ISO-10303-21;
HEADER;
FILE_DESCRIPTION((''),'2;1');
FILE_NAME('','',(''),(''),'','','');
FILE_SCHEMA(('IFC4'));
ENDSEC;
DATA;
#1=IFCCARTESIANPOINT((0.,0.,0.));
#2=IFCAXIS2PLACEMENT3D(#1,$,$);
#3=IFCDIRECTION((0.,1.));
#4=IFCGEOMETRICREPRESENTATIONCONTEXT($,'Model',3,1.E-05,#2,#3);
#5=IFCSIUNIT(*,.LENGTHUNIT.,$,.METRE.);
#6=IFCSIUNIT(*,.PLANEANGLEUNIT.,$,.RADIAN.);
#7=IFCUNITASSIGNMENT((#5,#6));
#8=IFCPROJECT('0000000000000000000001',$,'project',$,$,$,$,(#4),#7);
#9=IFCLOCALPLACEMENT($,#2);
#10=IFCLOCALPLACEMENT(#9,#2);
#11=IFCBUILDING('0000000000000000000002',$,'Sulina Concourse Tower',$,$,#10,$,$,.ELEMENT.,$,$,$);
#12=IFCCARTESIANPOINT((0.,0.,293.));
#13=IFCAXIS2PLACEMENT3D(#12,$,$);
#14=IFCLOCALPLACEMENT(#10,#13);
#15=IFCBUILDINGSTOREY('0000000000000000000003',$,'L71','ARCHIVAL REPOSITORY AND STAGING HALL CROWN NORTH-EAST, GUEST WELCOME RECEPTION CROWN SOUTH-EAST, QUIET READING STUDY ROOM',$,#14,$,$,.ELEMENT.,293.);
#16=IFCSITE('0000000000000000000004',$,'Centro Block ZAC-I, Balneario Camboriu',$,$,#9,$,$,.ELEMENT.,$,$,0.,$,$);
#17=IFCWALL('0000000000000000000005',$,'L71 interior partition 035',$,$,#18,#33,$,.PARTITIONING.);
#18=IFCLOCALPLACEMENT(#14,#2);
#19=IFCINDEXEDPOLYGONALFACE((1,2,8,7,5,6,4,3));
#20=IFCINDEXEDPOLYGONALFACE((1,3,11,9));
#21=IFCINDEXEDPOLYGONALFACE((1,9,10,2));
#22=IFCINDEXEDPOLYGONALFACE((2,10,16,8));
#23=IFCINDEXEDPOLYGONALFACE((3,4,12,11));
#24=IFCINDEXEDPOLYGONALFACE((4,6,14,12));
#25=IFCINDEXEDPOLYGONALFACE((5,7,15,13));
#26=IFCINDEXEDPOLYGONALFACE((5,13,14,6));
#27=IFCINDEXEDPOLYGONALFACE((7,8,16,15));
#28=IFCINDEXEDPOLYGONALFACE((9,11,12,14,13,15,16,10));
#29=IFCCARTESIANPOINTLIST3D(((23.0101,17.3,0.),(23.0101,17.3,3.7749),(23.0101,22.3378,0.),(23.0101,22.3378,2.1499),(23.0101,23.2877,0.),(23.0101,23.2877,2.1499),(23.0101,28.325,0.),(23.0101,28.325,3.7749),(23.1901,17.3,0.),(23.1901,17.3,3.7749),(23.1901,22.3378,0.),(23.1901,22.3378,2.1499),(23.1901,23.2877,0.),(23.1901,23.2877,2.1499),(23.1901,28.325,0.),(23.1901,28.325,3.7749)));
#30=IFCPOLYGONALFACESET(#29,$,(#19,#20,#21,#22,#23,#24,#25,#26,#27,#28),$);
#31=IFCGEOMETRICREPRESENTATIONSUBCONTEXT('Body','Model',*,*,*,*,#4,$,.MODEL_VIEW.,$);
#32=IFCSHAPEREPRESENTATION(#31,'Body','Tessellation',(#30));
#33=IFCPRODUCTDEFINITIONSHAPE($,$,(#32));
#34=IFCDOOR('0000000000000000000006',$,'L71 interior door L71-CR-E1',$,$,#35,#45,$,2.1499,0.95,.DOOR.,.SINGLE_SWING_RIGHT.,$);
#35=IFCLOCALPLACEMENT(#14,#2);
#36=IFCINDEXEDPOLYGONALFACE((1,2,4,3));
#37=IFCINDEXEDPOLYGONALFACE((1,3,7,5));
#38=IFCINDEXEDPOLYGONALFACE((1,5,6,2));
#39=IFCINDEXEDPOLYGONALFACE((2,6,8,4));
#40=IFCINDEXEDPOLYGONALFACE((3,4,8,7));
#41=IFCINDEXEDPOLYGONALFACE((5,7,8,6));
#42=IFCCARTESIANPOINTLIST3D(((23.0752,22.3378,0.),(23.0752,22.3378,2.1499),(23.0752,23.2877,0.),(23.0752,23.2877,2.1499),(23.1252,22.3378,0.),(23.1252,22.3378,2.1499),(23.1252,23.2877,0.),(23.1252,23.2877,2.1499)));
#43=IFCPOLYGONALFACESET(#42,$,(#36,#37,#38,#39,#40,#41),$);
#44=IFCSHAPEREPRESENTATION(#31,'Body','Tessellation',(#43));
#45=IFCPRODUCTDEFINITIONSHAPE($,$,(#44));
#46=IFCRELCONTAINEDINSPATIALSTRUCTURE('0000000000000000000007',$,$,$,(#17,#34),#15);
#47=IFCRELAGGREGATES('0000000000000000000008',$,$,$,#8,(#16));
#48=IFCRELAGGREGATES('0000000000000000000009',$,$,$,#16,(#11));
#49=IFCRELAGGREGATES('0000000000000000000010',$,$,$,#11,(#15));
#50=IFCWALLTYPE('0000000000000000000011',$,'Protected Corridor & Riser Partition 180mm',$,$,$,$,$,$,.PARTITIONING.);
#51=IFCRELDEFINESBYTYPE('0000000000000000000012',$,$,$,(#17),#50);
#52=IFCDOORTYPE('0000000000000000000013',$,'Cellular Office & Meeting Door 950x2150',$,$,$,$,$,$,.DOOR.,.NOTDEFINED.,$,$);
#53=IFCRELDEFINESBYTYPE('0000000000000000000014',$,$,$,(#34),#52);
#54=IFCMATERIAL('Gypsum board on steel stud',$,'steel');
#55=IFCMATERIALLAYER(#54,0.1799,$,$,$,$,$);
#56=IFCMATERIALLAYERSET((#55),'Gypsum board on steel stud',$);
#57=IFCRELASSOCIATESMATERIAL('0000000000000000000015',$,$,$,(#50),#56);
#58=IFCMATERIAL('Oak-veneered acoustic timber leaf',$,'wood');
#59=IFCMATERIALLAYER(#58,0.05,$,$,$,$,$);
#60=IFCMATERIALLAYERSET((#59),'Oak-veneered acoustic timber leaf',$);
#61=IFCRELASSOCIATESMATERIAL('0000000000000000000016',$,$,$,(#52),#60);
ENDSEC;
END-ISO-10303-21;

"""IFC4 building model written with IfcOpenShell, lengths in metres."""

from ifc_helpers import new_model, si_unit, direction, frame, frame_2d, origin, place, context, subcontext, project, spatial, rectangle, extrude, material, layer, layer_set, type_object, element, fill, save


model = new_model("IFC4")

# Units and contexts
model_context = context("Model", 3, precision=1e-05, world=origin(), true_north=direction((0.0, 1.0)))
body_context = subcontext(model_context, "Body", "Model", "MODEL_VIEW")
ifc_project = project(units=[si_unit("LENGTHUNIT", "METRE"), si_unit("PLANEANGLEUNIT", "RADIAN")], contexts=[model_context])

# Site, building, storey
site_placement = place(None, origin())
site = spatial("IfcSite", under=ifc_project, at=site_placement, Name="Centro Block ZAC-I, Balneario Camboriu", CompositionType="ELEMENT", RefElevation=0.0)
building_placement = place(site_placement, origin())
building = spatial("IfcBuilding", under=site, at=building_placement, Name="Sulina Concourse Tower", CompositionType="ELEMENT")
storey_placement = place(building_placement, frame((0.0, 0.0, 293.0)))
storey = spatial("IfcBuildingStorey", under=building, at=storey_placement, Name="L71", Description="ARCHIVAL REPOSITORY AND STAGING HALL CROWN NORTH-EAST, GUEST WELCOME RECEPTION CROWN SOUTH-EAST, QUIET READING STUDY ROOM", CompositionType="ELEMENT", Elevation=293.0)

# Shared definitions
ifc_material_1 = material(Name="Gypsum board on steel stud", Category="steel")
ifc_layer_1 = layer(ifc_material_1, 0.1799)
ifc_layer_set_1 = layer_set([ifc_layer_1], Name="Gypsum board on steel stud")
wall_type_1 = type_object("IfcWallType", Name="Protected Corridor & Riser Partition 180mm", PredefinedType="PARTITIONING", material=ifc_layer_set_1)
ifc_material_2 = material(Name="Oak-veneered acoustic timber leaf", Category="wood")
ifc_layer_2 = layer(ifc_material_2, 0.05)
ifc_layer_set_2 = layer_set([ifc_layer_2], Name="Oak-veneered acoustic timber leaf")
door_type_1 = type_object("IfcDoorType", Name="Cellular Office & Meeting Door 950x2150", OperationType="NOTDEFINED", PredefinedType="DOOR", material=ifc_layer_set_2)

# Wall, opening, door
wall_1_placement = place(storey_placement, frame((23.1001, 17.3, 0.0), z_axis=(0.0, 0.0, 1.0), x_axis=(0.0, 1.0, 0.0)))
wall_1 = element("IfcWall", 1, at=wall_1_placement, inside=storey, type_object=wall_type_1, Name="L71 interior partition 035", PredefinedType="PARTITIONING", context=body_context, shape_type="SweptSolid", body=[
    extrude(rectangle(XDim=11.0249, YDim=0.1799, at=frame_2d((5.5125, 0.0))), origin(), (0.0, 0.0, 1.0), 3.7749),
])
opening_1_placement = place(wall_1_placement, frame((5.0376, 0.0, 0.0)))
opening_1 = element("IfcOpeningElement", 2, at=opening_1_placement, cuts=wall_1, PredefinedType="OPENING", context=body_context, shape_type="SweptSolid", body=[
    extrude(rectangle(XDim=0.95, YDim=2.1499, at=frame_2d((0.4751, 1.075))), frame((0.0, 0.0999, 0.0), z_axis=(0.0, -1.0, 0.0), x_axis=(1.0, 0.0, 0.0)), (0.0, 0.0, 1.0), 0.2),
])
door_1_placement = place(opening_1_placement, origin())
door_1 = element("IfcDoor", 3, at=door_1_placement, inside=storey, type_object=door_type_1, Name="L71 interior door L71-CR-E1", OperationType="SINGLE_SWING_RIGHT", OverallHeight=2.1499, OverallWidth=0.95, PredefinedType="DOOR", context=body_context, shape_type="SweptSolid", body=[
    extrude(rectangle(XDim=0.95, YDim=2.1499, at=frame_2d((0.4751, 1.075))), frame((0.0, 0.0249, 0.0), z_axis=(0.0, -1.0, 0.0), x_axis=(1.0, 0.0, 0.0)), (0.0, 0.0, 1.0), 0.05),
])
fill(opening_1, door_1)

save(model, "model.ifc")
